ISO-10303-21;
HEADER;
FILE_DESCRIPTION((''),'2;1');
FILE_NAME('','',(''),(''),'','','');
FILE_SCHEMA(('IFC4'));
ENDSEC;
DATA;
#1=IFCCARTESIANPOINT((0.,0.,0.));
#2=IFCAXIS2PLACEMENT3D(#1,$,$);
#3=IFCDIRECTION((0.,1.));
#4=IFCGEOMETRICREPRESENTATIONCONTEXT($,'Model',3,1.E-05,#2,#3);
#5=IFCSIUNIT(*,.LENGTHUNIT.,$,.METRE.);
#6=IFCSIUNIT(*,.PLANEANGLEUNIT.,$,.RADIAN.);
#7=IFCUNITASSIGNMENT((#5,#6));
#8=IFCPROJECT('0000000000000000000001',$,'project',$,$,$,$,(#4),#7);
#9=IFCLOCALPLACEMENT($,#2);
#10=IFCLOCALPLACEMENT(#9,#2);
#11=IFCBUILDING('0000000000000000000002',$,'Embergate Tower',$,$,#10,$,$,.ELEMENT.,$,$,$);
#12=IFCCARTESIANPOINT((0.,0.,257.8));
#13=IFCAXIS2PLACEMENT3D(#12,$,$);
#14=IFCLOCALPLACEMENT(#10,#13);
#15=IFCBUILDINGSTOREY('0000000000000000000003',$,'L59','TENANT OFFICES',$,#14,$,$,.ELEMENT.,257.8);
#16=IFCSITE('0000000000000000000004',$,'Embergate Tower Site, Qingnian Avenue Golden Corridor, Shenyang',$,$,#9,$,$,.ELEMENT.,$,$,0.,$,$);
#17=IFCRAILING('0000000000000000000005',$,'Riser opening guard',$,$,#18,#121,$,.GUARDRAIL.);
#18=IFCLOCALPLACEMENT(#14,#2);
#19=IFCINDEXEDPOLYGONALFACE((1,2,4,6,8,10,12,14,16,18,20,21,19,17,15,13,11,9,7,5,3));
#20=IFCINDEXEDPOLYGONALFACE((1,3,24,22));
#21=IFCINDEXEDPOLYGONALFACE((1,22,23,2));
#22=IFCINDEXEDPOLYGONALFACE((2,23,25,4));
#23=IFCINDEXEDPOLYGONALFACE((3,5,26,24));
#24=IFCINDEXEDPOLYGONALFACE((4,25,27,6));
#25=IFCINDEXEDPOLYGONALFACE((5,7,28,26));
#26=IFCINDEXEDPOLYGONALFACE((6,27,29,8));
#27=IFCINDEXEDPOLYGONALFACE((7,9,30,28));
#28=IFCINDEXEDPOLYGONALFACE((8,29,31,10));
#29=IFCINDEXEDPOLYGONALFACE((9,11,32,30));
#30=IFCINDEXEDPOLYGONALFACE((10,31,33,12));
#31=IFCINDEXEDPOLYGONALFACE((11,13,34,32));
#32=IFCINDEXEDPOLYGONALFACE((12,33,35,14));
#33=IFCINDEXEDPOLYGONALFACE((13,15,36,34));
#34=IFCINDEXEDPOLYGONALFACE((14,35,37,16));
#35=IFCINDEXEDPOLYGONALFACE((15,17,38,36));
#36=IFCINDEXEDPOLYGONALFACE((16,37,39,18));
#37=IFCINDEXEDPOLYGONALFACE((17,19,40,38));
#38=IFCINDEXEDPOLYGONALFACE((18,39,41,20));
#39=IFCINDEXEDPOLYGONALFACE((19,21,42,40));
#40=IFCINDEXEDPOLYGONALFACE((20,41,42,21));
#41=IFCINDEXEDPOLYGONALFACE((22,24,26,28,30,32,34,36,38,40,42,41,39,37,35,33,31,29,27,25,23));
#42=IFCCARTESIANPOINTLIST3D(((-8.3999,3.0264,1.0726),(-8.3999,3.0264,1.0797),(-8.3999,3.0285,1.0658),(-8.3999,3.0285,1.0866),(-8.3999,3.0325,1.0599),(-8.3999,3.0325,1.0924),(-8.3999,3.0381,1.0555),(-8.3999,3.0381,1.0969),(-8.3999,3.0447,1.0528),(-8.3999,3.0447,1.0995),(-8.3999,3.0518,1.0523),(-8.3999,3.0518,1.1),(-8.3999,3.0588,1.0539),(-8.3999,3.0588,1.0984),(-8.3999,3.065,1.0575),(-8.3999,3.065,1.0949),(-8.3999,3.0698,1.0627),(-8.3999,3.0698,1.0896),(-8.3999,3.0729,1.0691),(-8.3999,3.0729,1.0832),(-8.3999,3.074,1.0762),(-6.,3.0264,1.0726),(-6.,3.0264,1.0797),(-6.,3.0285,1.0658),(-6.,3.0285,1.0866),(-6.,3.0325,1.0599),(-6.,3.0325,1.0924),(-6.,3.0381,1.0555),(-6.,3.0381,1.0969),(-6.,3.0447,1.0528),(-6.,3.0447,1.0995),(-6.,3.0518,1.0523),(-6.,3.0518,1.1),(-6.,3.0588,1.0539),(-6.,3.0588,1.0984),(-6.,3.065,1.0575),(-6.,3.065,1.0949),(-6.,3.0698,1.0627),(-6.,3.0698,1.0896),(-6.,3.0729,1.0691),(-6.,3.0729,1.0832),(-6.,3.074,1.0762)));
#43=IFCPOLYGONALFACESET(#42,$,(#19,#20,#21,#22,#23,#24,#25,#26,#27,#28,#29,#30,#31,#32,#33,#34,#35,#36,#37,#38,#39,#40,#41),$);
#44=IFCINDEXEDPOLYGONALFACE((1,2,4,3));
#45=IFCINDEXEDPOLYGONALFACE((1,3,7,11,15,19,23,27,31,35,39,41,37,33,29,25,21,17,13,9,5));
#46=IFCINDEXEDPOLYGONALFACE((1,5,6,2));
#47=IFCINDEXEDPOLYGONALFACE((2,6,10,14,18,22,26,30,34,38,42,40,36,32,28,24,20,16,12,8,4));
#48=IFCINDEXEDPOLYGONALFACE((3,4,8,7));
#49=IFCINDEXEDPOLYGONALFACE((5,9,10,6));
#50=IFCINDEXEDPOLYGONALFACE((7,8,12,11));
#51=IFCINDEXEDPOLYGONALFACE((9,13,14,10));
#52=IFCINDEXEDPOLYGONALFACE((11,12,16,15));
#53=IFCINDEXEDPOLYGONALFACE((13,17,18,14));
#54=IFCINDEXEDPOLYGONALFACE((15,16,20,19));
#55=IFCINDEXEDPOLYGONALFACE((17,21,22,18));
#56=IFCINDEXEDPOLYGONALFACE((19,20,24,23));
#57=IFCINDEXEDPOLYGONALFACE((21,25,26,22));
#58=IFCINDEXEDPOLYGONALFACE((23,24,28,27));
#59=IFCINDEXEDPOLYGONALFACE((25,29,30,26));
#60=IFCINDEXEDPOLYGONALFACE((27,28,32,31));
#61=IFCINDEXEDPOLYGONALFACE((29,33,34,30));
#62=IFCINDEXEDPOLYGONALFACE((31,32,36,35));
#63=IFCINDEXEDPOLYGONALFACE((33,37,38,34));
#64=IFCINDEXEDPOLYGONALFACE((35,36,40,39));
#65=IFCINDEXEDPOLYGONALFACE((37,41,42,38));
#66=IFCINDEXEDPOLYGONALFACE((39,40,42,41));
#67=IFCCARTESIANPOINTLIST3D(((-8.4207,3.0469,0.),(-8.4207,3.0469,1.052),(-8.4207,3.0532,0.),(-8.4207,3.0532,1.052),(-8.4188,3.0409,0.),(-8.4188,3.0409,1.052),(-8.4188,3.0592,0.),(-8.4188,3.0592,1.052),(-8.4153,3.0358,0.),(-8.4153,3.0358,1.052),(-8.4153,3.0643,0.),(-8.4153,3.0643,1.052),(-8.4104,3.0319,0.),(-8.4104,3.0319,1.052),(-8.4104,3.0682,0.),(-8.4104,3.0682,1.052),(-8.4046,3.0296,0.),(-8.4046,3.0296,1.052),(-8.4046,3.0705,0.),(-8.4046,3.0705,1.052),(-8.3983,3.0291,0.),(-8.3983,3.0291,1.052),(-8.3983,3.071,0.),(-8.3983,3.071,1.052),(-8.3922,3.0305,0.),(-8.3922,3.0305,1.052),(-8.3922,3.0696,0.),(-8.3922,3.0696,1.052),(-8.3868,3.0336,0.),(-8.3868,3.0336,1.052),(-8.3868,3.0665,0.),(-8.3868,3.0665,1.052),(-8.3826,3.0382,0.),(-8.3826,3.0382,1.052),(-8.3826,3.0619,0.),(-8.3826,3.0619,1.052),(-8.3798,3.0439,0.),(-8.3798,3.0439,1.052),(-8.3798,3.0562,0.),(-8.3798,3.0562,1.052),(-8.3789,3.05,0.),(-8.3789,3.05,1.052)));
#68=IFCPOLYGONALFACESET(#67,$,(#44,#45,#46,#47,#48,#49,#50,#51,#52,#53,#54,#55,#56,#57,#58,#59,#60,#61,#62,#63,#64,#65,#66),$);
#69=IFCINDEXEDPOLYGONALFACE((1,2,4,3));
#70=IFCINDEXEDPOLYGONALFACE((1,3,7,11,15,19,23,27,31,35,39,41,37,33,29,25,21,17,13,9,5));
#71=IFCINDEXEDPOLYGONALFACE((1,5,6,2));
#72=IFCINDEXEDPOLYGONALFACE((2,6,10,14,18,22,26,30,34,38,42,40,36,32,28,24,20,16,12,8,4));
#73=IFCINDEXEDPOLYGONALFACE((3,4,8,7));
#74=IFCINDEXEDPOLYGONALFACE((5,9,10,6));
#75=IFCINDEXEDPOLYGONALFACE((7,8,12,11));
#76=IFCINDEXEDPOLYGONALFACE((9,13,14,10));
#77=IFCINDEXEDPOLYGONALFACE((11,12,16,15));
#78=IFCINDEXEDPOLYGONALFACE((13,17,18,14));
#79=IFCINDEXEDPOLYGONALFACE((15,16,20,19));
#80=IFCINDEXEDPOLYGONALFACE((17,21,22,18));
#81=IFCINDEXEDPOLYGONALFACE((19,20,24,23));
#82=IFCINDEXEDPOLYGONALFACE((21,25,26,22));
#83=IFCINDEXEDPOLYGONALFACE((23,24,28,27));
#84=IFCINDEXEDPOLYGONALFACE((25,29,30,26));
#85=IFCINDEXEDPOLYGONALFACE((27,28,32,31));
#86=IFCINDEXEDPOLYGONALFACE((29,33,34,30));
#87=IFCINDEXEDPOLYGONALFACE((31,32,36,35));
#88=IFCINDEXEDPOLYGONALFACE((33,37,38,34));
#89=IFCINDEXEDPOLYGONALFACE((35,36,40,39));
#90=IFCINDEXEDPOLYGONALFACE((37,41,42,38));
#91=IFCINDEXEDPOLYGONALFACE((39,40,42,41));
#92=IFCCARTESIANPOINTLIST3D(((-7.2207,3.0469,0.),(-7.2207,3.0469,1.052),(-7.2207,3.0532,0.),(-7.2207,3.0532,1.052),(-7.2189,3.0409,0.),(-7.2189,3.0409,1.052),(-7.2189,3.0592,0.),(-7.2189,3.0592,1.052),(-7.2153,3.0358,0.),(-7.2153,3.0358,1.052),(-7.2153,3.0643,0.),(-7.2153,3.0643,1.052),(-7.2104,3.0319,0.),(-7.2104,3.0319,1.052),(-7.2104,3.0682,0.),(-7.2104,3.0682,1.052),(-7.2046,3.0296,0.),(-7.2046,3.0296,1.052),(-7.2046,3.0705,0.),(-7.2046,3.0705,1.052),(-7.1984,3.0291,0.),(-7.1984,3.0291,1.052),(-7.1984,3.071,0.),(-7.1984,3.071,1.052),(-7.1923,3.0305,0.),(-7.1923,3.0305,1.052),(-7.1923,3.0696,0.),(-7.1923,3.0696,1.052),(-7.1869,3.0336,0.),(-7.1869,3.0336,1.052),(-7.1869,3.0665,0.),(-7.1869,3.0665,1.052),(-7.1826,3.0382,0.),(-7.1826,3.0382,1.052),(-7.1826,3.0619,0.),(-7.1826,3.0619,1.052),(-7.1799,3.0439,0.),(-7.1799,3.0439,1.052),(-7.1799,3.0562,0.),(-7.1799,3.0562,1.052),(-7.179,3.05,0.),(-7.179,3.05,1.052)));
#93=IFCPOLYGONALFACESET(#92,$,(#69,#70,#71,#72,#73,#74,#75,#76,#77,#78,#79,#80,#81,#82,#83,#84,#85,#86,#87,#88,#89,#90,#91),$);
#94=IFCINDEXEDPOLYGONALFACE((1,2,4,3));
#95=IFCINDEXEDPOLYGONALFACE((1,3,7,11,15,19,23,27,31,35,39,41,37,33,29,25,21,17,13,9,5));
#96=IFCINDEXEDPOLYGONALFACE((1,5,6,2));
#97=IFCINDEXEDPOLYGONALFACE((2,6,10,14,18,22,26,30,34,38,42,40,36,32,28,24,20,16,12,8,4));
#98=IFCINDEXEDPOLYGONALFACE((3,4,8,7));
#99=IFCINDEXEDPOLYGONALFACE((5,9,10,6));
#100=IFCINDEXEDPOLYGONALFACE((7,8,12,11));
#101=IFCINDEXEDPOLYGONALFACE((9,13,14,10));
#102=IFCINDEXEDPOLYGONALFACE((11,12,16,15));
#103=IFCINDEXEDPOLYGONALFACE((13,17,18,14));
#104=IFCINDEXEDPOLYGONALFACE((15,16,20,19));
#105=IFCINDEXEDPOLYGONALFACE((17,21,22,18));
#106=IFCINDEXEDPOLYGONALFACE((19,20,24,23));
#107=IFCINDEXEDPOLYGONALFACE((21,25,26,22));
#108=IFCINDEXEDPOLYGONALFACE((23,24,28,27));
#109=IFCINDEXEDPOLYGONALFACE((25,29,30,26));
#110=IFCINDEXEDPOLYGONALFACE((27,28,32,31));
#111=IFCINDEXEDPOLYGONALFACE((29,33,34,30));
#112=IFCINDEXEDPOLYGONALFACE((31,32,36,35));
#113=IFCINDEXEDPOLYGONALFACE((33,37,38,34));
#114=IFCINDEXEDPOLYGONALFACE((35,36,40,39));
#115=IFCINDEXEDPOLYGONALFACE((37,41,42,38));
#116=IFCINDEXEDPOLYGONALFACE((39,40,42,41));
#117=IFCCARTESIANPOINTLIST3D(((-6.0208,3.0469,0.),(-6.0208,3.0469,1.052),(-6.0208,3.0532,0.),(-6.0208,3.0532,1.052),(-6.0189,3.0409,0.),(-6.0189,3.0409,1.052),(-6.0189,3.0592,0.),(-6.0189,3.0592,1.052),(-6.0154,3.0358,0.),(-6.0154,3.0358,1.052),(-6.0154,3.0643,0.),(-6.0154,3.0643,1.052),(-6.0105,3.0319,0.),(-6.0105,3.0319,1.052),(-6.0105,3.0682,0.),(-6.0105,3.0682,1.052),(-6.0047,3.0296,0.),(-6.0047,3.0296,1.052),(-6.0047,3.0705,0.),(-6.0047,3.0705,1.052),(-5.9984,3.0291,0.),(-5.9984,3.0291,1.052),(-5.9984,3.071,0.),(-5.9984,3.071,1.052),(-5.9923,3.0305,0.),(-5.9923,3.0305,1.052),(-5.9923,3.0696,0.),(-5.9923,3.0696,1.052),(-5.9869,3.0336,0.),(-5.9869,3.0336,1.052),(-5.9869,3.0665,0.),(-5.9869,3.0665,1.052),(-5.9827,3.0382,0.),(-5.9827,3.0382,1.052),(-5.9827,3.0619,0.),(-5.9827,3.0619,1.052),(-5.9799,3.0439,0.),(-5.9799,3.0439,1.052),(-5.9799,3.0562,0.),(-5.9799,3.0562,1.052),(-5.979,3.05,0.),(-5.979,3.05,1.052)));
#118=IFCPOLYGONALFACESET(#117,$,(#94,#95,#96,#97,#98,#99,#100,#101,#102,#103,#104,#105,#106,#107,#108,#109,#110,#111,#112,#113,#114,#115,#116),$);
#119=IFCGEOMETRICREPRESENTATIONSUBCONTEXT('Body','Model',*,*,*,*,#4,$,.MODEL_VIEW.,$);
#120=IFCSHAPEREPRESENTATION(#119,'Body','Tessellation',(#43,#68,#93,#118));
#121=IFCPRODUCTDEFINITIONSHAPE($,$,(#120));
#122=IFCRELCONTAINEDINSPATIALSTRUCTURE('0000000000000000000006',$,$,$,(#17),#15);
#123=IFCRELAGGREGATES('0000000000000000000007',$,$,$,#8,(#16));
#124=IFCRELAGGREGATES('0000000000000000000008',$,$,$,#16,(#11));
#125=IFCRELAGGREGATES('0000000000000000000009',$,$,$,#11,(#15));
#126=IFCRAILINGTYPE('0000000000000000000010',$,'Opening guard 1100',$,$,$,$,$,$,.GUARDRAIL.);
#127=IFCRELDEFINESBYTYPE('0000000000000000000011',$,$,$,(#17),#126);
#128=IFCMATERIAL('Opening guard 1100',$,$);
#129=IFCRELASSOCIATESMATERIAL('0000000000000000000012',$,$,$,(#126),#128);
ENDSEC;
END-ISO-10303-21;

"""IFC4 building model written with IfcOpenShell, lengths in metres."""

from ifc_helpers import new_model, si_unit, direction, frame, origin, origin_2d, place, context, subcontext, project, spatial, circle, extrude, source, transform, mapped, material, type_object, element, save


model = new_model("IFC4")

# Units and contexts
model_context = context("Model", 3, precision=1e-05, world=origin(), true_north=direction((0.0, 1.0)))
body_context = subcontext(model_context, "Body", "Model", "MODEL_VIEW")
ifc_project = project(units=[si_unit("LENGTHUNIT", "METRE"), si_unit("PLANEANGLEUNIT", "RADIAN")], contexts=[model_context])

# Site, building, storey
site_placement = place(None, origin())
site = spatial("IfcSite", under=ifc_project, at=site_placement, Name="Embergate Tower Site, Qingnian Avenue Golden Corridor, Shenyang", CompositionType="ELEMENT", RefElevation=0.0)
building_placement = place(site_placement, origin())
building = spatial("IfcBuilding", under=site, at=building_placement, Name="Embergate Tower", CompositionType="ELEMENT")
storey_placement = place(building_placement, frame((0.0, 0.0, 257.8)))
storey = spatial("IfcBuildingStorey", under=building, at=storey_placement, Name="L59", Description="TENANT OFFICES", CompositionType="ELEMENT", Elevation=257.8)

# Railing
ifc_material_1 = material(Name="Opening guard 1100")
railing_type = type_object("IfcRailingType", Name="Opening guard 1100", PredefinedType="GUARDRAIL", material=ifc_material_1)
shared_shape_1 = source(origin(), body_context, "Body", "SweptSolid", [
    extrude(circle(Radius=0.0239, at=origin_2d()), frame((0.0, 0.0, 1.0762), z_axis=(1.0, 0.0, 0.0), x_axis=(0.0, 1.0, 0.0)), (0.0, 0.0, 1.0), 2.3999),
    extrude(circle(Radius=0.021, at=origin_2d()), origin(), (0.0, 0.0, 1.0), 1.052),
    extrude(circle(Radius=0.021, at=origin_2d()), frame((1.2, 0.0, 0.0)), (0.0, 0.0, 1.0), 1.052),
    extrude(circle(Radius=0.021, at=origin_2d()), frame((2.3999, 0.0, 0.0)), (0.0, 0.0, 1.0), 1.052),
])
railing_placement = place(storey_placement, frame((-8.3999, 3.05, 0.0)))
element("IfcRailing", 1, at=railing_placement, inside=storey, type_object=railing_type, Name="Riser opening guard", PredefinedType="GUARDRAIL", context=body_context, shape_type="MappedRepresentation", body=[
    mapped(shared_shape_1, transform((0.0, 0.0, 0.0))),
])

save(model, "model.ifc")
